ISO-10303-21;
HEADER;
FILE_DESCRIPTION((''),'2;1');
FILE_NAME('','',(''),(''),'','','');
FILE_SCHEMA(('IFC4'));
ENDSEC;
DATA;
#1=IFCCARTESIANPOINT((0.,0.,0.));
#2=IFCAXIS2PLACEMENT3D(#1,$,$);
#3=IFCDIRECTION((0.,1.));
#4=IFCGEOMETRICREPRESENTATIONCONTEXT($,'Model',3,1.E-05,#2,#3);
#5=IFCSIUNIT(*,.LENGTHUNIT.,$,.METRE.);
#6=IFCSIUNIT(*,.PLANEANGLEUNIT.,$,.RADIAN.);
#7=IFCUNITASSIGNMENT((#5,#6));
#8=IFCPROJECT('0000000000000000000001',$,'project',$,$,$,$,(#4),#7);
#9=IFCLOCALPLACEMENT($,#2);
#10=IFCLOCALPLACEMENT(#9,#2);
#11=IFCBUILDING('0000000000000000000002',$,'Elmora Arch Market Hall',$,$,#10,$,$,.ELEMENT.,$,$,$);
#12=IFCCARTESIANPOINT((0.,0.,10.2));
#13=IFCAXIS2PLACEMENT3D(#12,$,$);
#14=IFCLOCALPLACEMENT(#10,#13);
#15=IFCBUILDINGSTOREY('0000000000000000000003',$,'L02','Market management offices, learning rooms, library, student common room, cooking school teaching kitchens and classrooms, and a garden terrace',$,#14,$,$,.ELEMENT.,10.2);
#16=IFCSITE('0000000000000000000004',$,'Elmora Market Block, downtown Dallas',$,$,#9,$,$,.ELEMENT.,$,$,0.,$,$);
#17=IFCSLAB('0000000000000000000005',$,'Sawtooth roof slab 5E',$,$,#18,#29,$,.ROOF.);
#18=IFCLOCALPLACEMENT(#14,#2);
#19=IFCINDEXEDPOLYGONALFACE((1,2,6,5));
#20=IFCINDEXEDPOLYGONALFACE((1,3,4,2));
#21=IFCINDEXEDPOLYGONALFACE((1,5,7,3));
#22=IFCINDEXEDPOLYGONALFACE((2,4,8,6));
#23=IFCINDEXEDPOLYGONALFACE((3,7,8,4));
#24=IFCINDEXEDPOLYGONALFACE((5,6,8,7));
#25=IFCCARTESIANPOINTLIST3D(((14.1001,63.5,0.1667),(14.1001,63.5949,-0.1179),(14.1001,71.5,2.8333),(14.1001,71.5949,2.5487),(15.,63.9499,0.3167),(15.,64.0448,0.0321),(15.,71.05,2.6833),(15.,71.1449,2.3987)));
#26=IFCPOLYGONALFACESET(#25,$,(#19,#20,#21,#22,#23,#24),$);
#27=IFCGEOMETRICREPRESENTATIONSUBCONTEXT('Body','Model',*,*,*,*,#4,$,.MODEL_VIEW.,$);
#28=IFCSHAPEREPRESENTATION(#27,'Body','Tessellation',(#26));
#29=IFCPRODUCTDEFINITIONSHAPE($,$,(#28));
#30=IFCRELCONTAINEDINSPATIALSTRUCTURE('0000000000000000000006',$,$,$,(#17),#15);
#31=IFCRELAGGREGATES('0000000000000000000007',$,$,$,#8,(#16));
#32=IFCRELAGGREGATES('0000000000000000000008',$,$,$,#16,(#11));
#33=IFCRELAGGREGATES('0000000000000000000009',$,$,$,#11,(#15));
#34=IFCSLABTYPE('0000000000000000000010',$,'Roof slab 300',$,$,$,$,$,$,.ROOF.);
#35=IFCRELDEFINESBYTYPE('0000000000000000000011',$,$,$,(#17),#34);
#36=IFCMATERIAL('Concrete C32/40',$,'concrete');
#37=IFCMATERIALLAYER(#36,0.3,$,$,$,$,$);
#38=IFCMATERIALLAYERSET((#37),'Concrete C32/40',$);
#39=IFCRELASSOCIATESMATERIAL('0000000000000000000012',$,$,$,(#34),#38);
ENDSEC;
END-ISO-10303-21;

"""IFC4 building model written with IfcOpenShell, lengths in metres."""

from ifc_helpers import new_model, si_unit, direction, frame, origin, place, context, subcontext, project, spatial, polyline, outline, extrude, material, layer, layer_set, type_object, element, save


model = new_model("IFC4")

# Units and contexts
model_context = context("Model", 3, precision=1e-05, world=origin(), true_north=direction((0.0, 1.0)))
body_context = subcontext(model_context, "Body", "Model", "MODEL_VIEW")
ifc_project = project(units=[si_unit("LENGTHUNIT", "METRE"), si_unit("PLANEANGLEUNIT", "RADIAN")], contexts=[model_context])

# Site, building, storey
site_placement = place(None, origin())
site = spatial("IfcSite", under=ifc_project, at=site_placement, Name="Elmora Market Block, downtown Dallas", CompositionType="ELEMENT", RefElevation=0.0)
building_placement = place(site_placement, origin())
building = spatial("IfcBuilding", under=site, at=building_placement, Name="Elmora Arch Market Hall", CompositionType="ELEMENT")
storey_placement = place(building_placement, frame((0.0, 0.0, 10.2)))
storey = spatial("IfcBuildingStorey", under=building, at=storey_placement, Name="L02", Description="Market management offices, learning rooms, library, student common room, cooking school teaching kitchens and classrooms, and a garden terrace", CompositionType="ELEMENT", Elevation=10.2)

# Slab
ifc_material_1 = material(Name="Concrete C32/40", Category="concrete")
ifc_layer_1 = layer(ifc_material_1, 0.3)
ifc_layer_set_1 = layer_set([ifc_layer_1], Name="Concrete C32/40")
slab_type = type_object("IfcSlabType", Name="Roof slab 300", PredefinedType="ROOF", material=ifc_layer_set_1)
slab_placement = place(storey_placement, frame((14.1001, 63.5, 0.1667), z_axis=(0.0, -0.316219, 0.948686), x_axis=(0.884662, 0.442309, 0.147431)))
element("IfcSlab", 1, at=slab_placement, inside=storey, type_object=slab_type, Name="Sawtooth roof slab 5E", PredefinedType="ROOF", context=body_context, shape_type="SweptSolid", body=[
    extrude(outline(polyline([(0.0, 0.0), (1.0172, 0.0), (4.5066, 6.621), (3.9316, 7.4601), (0.0, 0.0)])), origin(), (0.0, 0.0, -1.0), 0.3),
])

save(model, "model.ifc")
